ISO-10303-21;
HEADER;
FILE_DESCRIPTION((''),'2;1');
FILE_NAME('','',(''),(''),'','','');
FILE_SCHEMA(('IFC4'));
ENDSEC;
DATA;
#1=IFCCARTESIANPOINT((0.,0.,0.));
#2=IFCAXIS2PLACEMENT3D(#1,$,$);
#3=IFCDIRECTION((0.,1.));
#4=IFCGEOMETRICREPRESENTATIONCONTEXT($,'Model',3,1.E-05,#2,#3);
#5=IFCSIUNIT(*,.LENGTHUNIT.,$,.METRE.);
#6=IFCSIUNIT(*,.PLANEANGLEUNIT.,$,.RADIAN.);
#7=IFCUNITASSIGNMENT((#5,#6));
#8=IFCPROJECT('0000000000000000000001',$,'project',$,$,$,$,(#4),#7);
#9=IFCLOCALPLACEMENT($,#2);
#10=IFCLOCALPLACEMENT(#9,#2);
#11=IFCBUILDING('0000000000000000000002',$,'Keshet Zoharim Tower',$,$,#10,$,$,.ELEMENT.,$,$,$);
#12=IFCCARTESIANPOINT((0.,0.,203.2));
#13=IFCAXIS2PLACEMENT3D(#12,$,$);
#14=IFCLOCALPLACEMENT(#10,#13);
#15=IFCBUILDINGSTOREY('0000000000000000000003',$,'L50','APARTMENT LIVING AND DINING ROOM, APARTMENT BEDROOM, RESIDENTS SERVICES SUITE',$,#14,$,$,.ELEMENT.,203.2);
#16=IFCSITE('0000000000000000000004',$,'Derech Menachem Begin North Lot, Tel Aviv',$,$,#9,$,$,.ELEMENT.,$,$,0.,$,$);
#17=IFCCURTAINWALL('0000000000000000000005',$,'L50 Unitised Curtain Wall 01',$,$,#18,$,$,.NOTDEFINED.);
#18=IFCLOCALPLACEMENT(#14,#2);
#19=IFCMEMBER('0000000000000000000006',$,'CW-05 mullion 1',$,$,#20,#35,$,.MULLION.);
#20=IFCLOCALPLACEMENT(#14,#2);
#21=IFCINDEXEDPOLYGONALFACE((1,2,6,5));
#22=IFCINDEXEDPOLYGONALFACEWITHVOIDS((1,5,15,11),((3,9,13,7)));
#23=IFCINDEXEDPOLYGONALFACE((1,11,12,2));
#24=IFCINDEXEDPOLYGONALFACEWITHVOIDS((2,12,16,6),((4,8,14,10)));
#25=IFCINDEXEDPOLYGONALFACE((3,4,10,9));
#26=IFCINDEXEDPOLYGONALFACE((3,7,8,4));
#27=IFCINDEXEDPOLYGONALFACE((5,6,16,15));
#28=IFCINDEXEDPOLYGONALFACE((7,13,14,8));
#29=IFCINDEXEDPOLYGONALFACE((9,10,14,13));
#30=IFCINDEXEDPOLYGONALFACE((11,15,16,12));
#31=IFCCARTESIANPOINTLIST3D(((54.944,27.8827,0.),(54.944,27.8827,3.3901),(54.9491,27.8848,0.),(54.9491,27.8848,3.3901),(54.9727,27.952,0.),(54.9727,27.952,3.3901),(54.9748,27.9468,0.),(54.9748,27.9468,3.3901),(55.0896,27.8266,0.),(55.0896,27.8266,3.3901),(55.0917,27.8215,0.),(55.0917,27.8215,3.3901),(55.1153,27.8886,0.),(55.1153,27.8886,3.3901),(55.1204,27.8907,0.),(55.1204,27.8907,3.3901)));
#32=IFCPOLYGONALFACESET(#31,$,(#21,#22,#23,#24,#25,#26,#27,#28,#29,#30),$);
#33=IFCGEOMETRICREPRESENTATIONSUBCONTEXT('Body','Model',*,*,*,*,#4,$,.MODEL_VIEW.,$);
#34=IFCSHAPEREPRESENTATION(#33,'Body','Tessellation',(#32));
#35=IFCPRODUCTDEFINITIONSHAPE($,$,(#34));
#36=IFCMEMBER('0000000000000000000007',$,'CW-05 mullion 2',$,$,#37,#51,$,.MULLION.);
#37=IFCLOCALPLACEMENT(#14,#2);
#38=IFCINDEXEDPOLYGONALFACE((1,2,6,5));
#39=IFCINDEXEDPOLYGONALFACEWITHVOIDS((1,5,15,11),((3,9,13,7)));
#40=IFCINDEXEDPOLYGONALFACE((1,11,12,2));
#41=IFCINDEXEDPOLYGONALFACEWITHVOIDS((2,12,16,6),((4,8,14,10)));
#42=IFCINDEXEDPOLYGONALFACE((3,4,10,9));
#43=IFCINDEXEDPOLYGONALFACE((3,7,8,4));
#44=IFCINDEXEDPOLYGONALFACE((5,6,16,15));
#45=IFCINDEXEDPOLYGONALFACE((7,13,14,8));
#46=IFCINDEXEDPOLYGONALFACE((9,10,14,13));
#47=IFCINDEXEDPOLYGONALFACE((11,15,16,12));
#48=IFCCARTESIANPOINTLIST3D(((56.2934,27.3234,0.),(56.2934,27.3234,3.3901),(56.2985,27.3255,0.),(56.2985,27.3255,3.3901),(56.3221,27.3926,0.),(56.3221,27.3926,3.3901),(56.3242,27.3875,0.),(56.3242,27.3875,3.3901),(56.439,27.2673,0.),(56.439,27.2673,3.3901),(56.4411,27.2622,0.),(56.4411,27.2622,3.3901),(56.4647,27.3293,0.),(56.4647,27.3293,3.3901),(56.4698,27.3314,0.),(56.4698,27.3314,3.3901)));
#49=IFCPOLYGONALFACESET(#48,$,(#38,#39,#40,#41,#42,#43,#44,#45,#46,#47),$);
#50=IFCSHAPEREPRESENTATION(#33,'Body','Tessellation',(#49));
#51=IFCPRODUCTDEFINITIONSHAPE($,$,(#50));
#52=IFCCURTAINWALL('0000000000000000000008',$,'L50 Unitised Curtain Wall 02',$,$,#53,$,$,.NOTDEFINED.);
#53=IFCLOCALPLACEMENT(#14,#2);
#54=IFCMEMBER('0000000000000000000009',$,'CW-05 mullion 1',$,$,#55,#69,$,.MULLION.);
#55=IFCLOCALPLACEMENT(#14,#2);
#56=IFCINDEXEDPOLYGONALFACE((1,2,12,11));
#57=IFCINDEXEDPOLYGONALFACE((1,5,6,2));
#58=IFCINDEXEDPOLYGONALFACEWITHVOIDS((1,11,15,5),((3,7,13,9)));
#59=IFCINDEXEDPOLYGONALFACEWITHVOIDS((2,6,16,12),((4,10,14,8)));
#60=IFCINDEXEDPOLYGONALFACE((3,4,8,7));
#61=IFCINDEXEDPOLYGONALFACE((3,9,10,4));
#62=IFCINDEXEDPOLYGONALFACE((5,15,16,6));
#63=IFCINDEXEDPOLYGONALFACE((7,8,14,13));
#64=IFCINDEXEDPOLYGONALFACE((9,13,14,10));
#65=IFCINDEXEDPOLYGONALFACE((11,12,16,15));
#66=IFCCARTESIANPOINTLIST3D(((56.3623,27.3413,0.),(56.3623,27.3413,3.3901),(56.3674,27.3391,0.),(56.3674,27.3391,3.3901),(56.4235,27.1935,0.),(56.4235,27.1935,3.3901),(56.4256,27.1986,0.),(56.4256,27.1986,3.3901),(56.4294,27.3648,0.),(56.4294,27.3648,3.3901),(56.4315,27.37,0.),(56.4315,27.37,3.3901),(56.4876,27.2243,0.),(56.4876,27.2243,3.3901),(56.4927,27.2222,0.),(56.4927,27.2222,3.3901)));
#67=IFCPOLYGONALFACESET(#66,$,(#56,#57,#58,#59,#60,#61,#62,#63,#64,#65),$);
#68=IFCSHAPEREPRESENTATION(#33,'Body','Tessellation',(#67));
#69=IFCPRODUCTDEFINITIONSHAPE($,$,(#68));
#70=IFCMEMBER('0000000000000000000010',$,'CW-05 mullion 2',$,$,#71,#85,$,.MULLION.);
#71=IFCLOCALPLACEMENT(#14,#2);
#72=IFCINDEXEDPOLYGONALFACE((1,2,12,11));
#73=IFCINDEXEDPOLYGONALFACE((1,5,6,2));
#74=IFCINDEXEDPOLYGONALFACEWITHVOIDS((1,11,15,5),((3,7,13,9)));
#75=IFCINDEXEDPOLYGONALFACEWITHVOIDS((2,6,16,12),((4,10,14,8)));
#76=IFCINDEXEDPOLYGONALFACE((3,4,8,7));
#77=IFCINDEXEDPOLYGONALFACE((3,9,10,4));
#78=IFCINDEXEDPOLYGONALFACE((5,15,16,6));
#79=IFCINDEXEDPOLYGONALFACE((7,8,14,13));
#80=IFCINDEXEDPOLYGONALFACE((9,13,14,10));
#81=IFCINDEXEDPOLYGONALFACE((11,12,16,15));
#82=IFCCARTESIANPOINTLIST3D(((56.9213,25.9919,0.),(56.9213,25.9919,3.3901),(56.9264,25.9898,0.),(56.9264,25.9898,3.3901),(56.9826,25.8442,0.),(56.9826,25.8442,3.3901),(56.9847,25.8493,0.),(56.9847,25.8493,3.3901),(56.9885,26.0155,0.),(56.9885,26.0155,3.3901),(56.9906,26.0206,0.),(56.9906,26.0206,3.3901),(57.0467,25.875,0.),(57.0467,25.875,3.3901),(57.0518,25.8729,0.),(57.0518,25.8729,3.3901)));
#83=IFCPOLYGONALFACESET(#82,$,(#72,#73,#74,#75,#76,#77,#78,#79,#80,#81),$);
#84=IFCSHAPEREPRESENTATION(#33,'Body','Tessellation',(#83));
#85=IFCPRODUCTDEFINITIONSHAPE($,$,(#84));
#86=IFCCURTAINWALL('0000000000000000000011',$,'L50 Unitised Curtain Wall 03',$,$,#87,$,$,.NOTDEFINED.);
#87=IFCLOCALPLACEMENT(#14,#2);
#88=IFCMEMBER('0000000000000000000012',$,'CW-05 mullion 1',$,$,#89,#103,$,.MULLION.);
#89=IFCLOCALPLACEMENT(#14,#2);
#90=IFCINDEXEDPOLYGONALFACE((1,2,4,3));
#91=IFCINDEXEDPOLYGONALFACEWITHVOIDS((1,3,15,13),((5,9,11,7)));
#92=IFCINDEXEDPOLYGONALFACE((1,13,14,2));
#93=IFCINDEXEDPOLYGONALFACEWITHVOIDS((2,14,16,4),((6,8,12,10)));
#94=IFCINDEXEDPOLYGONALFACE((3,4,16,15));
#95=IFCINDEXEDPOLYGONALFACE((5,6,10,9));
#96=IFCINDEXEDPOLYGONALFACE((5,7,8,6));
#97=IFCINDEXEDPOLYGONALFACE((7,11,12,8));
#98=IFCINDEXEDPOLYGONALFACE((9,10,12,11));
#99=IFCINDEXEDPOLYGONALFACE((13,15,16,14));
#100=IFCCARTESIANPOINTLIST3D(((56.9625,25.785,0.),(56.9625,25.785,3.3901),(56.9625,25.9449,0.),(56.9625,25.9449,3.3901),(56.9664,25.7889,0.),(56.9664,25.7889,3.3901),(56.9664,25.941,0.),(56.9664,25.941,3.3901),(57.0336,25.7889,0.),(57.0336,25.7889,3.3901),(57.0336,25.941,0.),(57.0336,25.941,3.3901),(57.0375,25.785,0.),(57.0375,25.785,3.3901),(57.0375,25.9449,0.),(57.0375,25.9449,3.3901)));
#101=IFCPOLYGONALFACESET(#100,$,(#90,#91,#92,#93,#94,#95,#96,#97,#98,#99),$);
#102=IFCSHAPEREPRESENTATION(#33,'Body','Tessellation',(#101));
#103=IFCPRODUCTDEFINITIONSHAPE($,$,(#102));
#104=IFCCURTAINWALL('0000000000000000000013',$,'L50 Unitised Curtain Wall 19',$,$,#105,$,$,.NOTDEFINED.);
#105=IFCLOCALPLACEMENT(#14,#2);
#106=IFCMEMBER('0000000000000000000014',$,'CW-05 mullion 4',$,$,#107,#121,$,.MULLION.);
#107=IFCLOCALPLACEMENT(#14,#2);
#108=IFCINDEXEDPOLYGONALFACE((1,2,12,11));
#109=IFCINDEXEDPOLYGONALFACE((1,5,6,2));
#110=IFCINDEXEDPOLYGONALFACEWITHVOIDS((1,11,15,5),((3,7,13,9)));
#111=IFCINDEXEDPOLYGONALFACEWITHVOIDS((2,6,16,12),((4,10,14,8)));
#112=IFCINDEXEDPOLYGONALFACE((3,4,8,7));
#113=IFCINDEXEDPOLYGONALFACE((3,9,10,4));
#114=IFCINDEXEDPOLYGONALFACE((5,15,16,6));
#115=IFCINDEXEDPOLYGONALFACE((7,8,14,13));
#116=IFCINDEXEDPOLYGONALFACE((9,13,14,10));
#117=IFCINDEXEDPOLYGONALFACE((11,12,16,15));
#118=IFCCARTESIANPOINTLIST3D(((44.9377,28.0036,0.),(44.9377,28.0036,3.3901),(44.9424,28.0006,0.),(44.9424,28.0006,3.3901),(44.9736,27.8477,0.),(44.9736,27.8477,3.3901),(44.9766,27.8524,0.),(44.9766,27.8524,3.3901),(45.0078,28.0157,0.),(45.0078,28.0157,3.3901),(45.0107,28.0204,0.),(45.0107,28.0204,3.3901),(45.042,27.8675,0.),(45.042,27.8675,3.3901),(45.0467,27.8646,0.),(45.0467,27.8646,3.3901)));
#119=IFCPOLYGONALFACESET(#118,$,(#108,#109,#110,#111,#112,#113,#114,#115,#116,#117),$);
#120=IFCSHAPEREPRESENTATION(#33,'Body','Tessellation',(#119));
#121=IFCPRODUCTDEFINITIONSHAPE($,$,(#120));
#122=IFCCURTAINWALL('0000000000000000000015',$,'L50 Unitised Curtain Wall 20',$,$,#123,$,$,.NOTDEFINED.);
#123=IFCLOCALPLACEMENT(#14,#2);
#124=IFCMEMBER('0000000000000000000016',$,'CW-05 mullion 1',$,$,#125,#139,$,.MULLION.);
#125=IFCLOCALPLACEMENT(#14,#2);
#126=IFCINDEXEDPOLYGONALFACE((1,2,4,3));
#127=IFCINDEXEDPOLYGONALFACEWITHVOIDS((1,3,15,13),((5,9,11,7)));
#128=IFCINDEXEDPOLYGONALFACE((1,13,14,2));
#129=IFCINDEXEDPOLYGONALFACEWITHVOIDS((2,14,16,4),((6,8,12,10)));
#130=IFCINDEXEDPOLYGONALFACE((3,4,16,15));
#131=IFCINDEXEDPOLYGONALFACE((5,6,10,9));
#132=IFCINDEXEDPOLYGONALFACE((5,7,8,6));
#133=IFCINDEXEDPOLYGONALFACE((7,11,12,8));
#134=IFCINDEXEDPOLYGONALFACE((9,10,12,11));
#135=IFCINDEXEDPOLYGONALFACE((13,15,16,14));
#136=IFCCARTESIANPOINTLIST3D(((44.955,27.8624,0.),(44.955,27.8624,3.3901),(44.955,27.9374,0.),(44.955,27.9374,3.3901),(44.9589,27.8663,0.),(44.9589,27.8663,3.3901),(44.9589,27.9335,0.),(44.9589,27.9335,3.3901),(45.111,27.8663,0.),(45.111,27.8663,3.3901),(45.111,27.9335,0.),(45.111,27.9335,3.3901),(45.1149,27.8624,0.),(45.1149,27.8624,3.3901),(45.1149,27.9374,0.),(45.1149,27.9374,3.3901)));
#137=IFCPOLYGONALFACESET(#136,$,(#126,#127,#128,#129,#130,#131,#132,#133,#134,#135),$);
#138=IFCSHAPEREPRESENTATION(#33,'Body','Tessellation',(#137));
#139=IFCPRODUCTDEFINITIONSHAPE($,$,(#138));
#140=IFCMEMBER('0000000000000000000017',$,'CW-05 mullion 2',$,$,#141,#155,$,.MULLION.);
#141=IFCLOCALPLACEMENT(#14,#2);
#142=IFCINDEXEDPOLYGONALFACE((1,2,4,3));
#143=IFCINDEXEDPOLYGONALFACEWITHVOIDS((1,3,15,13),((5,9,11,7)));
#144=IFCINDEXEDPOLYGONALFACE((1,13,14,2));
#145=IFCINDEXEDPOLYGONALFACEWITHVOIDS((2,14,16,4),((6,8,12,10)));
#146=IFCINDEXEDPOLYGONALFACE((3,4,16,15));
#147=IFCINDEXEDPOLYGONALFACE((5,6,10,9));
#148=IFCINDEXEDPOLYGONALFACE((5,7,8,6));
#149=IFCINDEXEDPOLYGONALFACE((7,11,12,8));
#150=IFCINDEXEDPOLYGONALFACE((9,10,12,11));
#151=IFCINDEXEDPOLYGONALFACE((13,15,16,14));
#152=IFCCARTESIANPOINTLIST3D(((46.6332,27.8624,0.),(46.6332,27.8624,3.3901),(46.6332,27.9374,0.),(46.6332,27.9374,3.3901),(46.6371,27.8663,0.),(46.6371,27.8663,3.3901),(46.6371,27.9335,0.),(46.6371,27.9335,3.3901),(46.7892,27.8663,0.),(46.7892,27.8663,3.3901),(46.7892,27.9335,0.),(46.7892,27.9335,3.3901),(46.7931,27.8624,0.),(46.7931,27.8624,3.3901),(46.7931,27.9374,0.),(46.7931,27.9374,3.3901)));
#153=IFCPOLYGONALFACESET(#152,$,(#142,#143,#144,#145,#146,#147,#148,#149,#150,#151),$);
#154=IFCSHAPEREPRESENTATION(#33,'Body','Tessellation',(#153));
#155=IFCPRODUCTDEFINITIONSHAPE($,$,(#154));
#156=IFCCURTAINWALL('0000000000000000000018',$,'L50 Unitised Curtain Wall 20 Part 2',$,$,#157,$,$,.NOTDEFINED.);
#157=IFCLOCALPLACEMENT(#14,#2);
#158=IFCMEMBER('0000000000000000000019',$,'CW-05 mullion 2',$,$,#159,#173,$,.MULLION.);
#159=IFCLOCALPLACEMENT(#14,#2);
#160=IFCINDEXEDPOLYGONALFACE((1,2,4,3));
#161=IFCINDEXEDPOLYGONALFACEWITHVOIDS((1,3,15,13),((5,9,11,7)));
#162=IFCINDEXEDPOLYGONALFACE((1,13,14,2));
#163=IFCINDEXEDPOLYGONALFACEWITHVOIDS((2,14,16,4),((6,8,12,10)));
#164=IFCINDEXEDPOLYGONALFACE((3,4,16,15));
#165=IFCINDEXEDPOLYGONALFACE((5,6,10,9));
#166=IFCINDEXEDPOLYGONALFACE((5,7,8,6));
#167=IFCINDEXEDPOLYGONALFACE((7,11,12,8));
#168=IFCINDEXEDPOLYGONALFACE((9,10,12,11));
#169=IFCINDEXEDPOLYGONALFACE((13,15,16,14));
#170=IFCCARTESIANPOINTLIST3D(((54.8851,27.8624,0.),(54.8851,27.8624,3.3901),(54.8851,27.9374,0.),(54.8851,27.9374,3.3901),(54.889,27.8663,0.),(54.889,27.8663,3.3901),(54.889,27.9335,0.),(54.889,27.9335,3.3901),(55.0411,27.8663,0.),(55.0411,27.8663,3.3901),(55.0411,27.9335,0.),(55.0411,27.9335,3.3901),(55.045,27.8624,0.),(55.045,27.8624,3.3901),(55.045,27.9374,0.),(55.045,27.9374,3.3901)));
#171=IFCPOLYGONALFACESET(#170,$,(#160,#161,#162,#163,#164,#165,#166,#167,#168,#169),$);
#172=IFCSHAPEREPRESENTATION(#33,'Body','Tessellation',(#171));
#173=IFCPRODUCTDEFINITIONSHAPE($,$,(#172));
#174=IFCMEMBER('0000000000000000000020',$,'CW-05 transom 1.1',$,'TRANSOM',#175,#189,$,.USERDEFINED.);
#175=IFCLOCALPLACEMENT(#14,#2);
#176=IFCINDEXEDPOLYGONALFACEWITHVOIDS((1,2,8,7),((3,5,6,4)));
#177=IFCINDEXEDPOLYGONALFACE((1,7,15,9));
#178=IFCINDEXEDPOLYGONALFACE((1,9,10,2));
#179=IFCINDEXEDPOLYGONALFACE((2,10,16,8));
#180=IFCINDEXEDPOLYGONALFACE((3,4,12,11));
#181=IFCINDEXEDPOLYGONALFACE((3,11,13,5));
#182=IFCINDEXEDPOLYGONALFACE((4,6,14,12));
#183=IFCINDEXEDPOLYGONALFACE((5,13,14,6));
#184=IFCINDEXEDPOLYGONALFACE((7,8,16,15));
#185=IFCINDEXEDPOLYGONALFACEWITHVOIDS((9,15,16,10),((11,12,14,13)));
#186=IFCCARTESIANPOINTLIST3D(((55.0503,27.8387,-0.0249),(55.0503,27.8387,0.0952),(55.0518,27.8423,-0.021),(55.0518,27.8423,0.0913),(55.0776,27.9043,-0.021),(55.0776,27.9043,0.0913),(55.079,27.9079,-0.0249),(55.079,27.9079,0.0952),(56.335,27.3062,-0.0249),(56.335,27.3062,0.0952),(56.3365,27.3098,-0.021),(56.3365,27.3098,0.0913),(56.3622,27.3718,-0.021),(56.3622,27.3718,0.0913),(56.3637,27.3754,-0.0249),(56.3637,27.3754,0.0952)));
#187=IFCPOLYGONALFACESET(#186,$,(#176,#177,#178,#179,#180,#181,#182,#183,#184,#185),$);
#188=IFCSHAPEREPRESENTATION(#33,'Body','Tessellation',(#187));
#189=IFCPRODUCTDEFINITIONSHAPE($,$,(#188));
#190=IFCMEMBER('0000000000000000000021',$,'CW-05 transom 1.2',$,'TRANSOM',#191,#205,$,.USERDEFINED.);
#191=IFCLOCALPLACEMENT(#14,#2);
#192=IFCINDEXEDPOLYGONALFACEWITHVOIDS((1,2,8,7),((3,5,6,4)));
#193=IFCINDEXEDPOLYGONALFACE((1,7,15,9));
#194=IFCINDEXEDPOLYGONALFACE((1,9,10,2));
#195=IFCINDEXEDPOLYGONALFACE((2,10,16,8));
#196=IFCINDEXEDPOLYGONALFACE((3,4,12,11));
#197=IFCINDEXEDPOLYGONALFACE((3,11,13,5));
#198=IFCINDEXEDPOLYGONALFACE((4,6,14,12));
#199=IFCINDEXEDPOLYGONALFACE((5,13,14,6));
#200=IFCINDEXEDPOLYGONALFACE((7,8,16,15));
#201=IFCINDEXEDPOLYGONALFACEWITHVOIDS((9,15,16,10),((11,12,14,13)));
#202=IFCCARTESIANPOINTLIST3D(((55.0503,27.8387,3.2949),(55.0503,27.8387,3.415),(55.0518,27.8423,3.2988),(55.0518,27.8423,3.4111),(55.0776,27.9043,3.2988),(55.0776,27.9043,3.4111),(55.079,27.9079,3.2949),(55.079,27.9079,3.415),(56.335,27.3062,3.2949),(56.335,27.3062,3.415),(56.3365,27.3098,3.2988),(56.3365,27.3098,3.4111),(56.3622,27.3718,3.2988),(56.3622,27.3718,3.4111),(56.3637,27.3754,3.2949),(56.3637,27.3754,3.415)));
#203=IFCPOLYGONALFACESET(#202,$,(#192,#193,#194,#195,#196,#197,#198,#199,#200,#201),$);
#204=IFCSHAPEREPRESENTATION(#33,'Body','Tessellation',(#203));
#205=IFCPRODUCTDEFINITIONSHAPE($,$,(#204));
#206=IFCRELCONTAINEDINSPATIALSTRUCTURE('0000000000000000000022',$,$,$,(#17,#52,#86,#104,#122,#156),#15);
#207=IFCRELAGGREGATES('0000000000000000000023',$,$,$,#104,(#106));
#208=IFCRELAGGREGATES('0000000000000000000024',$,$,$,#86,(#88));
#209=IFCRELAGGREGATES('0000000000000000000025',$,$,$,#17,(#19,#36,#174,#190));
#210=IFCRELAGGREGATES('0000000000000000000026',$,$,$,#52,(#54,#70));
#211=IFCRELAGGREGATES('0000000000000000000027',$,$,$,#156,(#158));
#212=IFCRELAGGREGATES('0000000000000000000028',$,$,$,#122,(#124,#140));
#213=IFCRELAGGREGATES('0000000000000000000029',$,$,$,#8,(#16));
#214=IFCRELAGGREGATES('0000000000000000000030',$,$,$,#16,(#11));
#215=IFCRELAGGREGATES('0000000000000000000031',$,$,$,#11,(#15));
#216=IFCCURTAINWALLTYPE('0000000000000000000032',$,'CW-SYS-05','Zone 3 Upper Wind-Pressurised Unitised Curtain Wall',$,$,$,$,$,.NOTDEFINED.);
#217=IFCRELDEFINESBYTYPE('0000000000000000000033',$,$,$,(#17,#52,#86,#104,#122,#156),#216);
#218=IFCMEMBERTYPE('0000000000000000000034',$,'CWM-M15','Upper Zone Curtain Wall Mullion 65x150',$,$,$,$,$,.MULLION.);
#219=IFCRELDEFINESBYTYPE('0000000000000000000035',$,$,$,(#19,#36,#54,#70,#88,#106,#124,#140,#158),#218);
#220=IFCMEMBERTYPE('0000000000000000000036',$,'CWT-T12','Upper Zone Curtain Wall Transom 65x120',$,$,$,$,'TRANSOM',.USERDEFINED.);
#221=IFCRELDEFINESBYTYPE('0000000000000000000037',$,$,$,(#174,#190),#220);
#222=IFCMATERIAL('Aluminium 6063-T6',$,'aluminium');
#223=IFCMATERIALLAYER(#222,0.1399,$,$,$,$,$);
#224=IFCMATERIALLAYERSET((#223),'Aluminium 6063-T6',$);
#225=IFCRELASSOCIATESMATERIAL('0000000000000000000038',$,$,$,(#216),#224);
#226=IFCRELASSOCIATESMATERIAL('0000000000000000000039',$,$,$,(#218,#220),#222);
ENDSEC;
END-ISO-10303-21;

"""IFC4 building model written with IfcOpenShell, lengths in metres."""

from ifc_helpers import new_model, si_unit, direction, frame, origin, origin_2d, place, context, subcontext, project, spatial, hollow_rectangle, extrude, material, layer, layer_set, material_profile, profile_set, type_object, element, aggregate, save


model = new_model("IFC4")

# Units and contexts
model_context = context("Model", 3, precision=1e-05, world=origin(), true_north=direction((0.0, 1.0)))
body_context = subcontext(model_context, "Body", "Model", "MODEL_VIEW")
ifc_project = project(units=[si_unit("LENGTHUNIT", "METRE"), si_unit("PLANEANGLEUNIT", "RADIAN")], contexts=[model_context])

# Site, building, storey
site_placement = place(None, origin())
site = spatial("IfcSite", under=ifc_project, at=site_placement, Name="Derech Menachem Begin North Lot, Tel Aviv", CompositionType="ELEMENT", RefElevation=0.0)
building_placement = place(site_placement, origin())
building = spatial("IfcBuilding", under=site, at=building_placement, Name="Keshet Zoharim Tower", CompositionType="ELEMENT")
storey_placement = place(building_placement, frame((0.0, 0.0, 203.2)))
storey = spatial("IfcBuildingStorey", under=building, at=storey_placement, Name="L50", Description="APARTMENT LIVING AND DINING ROOM, APARTMENT BEDROOM, RESIDENTS SERVICES SUITE", CompositionType="ELEMENT", Elevation=203.2)

# Curtain walls, members
ifc_material_1 = material(Name="Aluminium 6063-T6", Category="aluminium")
ifc_layer_1 = layer(ifc_material_1, 0.1399)
ifc_layer_set_1 = layer_set([ifc_layer_1], Name="Aluminium 6063-T6")
curtain_wall_type = type_object("IfcCurtainWallType", Name="CW-SYS-05", Description="Zone 3 Upper Wind-Pressurised Unitised Curtain Wall", PredefinedType="NOTDEFINED", material=ifc_layer_set_1)
curtain_wall_1_placement = place(storey_placement, origin())
curtain_wall_1 = element("IfcCurtainWall", 1, at=curtain_wall_1_placement, inside=storey, type_object=curtain_wall_type, Name="L50 Unitised Curtain Wall 01", PredefinedType="NOTDEFINED")
ifc_material_profile_1 = material_profile(ifc_material_1, hollow_rectangle(XDim=0.075, YDim=0.1599, WallThickness=0.0039, at=origin_2d()), Name="MUL-75x160")
ifc_profile_set_1 = profile_set([ifc_material_profile_1], Name="Aluminium 6063-T6")
member_type_1 = type_object("IfcMemberType", Name="CWM-M15", Description="Upper Zone Curtain Wall Mullion 65x150", PredefinedType="MULLION", material=ifc_profile_set_1)
member_1_placement = place(storey_placement, frame((55.0322, 27.8867, 0.0), z_axis=(0.0, 0.0, 1.0), x_axis=(0.382852, 0.92381, 0.0)))
member_1 = element("IfcMember", 2, at=member_1_placement, type_object=member_type_1, Name="CW-05 mullion 1", PredefinedType="MULLION", context=body_context, shape_type="SweptSolid", body=[
    extrude(hollow_rectangle(XDim=0.075, YDim=0.1599, WallThickness=0.0039, at=origin_2d()), origin(), (0.0, 0.0, 1.0), 3.3901),
])
member_2_placement = place(storey_placement, frame((56.3816, 27.3274, 0.0), z_axis=(0.0, 0.0, 1.0), x_axis=(0.382852, 0.92381, 0.0)))
member_2 = element("IfcMember", 3, at=member_2_placement, type_object=member_type_1, Name="CW-05 mullion 2", PredefinedType="MULLION", context=body_context, shape_type="SweptSolid", body=[
    extrude(hollow_rectangle(XDim=0.075, YDim=0.1599, WallThickness=0.0039, at=origin_2d()), origin(), (0.0, 0.0, 1.0), 3.3901),
])
curtain_wall_2_placement = place(storey_placement, origin())
curtain_wall_2 = element("IfcCurtainWall", 4, at=curtain_wall_2_placement, inside=storey, type_object=curtain_wall_type, Name="L50 Unitised Curtain Wall 02", PredefinedType="NOTDEFINED")
member_3_placement = place(storey_placement, frame((56.4275, 27.2817, 0.0), z_axis=(0.0, 0.0, 1.0), x_axis=(0.92381, 0.382852, 0.0)))
member_3 = element("IfcMember", 5, at=member_3_placement, type_object=member_type_1, Name="CW-05 mullion 1", PredefinedType="MULLION", context=body_context, shape_type="SweptSolid", body=[
    extrude(hollow_rectangle(XDim=0.075, YDim=0.1599, WallThickness=0.0039, at=origin_2d()), origin(), (0.0, 0.0, 1.0), 3.3901),
])
member_4_placement = place(storey_placement, frame((56.9866, 25.9324, 0.0), z_axis=(0.0, 0.0, 1.0), x_axis=(0.92381, 0.382852, 0.0)))
member_4 = element("IfcMember", 6, at=member_4_placement, type_object=member_type_1, Name="CW-05 mullion 2", PredefinedType="MULLION", context=body_context, shape_type="SweptSolid", body=[
    extrude(hollow_rectangle(XDim=0.075, YDim=0.1599, WallThickness=0.0039, at=origin_2d()), origin(), (0.0, 0.0, 1.0), 3.3901),
])

# Curtain walls, members
curtain_wall_3_placement = place(storey_placement, origin())
curtain_wall_3 = element("IfcCurtainWall", 7, at=curtain_wall_3_placement, inside=storey, type_object=curtain_wall_type, Name="L50 Unitised Curtain Wall 03", PredefinedType="NOTDEFINED")
member_5_placement = place(storey_placement, frame((57.0, 25.865, 0.0), z_axis=(0.0, 0.0, 1.0), x_axis=(1.0, 0.0, 0.0)))
member_5 = element("IfcMember", 8, at=member_5_placement, type_object=member_type_1, Name="CW-05 mullion 1", PredefinedType="MULLION", context=body_context, shape_type="SweptSolid", body=[
    extrude(hollow_rectangle(XDim=0.075, YDim=0.1599, WallThickness=0.0039, at=origin_2d()), origin(), (0.0, 0.0, 1.0), 3.3901),
])
curtain_wall_4_placement = place(storey_placement, origin())
curtain_wall_4 = element("IfcCurtainWall", 9, at=curtain_wall_4_placement, inside=storey, type_object=curtain_wall_type, Name="L50 Unitised Curtain Wall 19", PredefinedType="NOTDEFINED")
member_6_placement = place(storey_placement, frame((44.9922, 27.9341, 0.0), z_axis=(0.0, 0.0, 1.0), x_axis=(0.974394, 0.224848, 0.0)))
member_6 = element("IfcMember", 10, at=member_6_placement, type_object=member_type_1, Name="CW-05 mullion 4", PredefinedType="MULLION", context=body_context, shape_type="SweptSolid", body=[
    extrude(hollow_rectangle(XDim=0.075, YDim=0.1599, WallThickness=0.0039, at=origin_2d()), origin(), (0.0, 0.0, 1.0), 3.3901),
])
aggregate(curtain_wall_4, [member_6])

# Curtain wall, members
curtain_wall_5_placement = place(storey_placement, origin())
curtain_wall_5 = element("IfcCurtainWall", 11, at=curtain_wall_5_placement, inside=storey, type_object=curtain_wall_type, Name="L50 Unitised Curtain Wall 20", PredefinedType="NOTDEFINED")
member_7_placement = place(storey_placement, frame((45.0349, 27.8999, 0.0), z_axis=(0.0, 0.0, 1.0), x_axis=(0.0, 1.0, 0.0)))
member_7 = element("IfcMember", 12, at=member_7_placement, type_object=member_type_1, Name="CW-05 mullion 1", PredefinedType="MULLION", context=body_context, shape_type="SweptSolid", body=[
    extrude(hollow_rectangle(XDim=0.075, YDim=0.1599, WallThickness=0.0039, at=origin_2d()), origin(), (0.0, 0.0, 1.0), 3.3901),
])
member_8_placement = place(storey_placement, frame((46.7131, 27.8999, 0.0), z_axis=(0.0, 0.0, 1.0), x_axis=(0.0, 1.0, 0.0)))
member_8 = element("IfcMember", 13, at=member_8_placement, type_object=member_type_1, Name="CW-05 mullion 2", PredefinedType="MULLION", context=body_context, shape_type="SweptSolid", body=[
    extrude(hollow_rectangle(XDim=0.075, YDim=0.1599, WallThickness=0.0039, at=origin_2d()), origin(), (0.0, 0.0, 1.0), 3.3901),
])

# Curtain wall, member
curtain_wall_6_placement = place(storey_placement, origin())
curtain_wall_6 = element("IfcCurtainWall", 14, at=curtain_wall_6_placement, inside=storey, type_object=curtain_wall_type, Name="L50 Unitised Curtain Wall 20 Part 2", PredefinedType="NOTDEFINED")
member_9_placement = place(storey_placement, frame((54.9651, 27.8999, 0.0), z_axis=(0.0, 0.0, 1.0), x_axis=(0.0, 1.0, 0.0)))
member_9 = element("IfcMember", 15, at=member_9_placement, type_object=member_type_1, Name="CW-05 mullion 2", PredefinedType="MULLION", context=body_context, shape_type="SweptSolid", body=[
    extrude(hollow_rectangle(XDim=0.075, YDim=0.1599, WallThickness=0.0039, at=origin_2d()), origin(), (0.0, 0.0, 1.0), 3.3901),
])

# Members
ifc_material_profile_2 = material_profile(ifc_material_1, hollow_rectangle(XDim=0.075, YDim=0.1201, WallThickness=0.0039, at=origin_2d()), Name="TRN-75x120")
ifc_profile_set_2 = profile_set([ifc_material_profile_2], Name="Aluminium 6063-T6")
member_type_2 = type_object("IfcMemberType", Name="CWT-T12", Description="Upper Zone Curtain Wall Transom 65x120", ElementType="TRANSOM", PredefinedType="USERDEFINED", material=ifc_profile_set_2)
member_10_placement = place(storey_placement, frame((55.0647, 27.8733, 0.0352), z_axis=(0.923792, -0.382894, 0.0), x_axis=(0.382894, 0.923792, 0.0)))
member_10 = element("IfcMember", 16, at=member_10_placement, type_object=member_type_2, Name="CW-05 transom 1.1", ObjectType="TRANSOM", PredefinedType="USERDEFINED", context=body_context, shape_type="SweptSolid", body=[
    extrude(hollow_rectangle(XDim=0.075, YDim=0.1201, WallThickness=0.0039, at=origin_2d()), origin(), (0.0, 0.0, 1.0), 1.3906),
])
member_11_placement = place(storey_placement, frame((55.0647, 27.8733, 3.355), z_axis=(0.923792, -0.382894, 0.0), x_axis=(0.382894, 0.923792, 0.0)))
member_11 = element("IfcMember", 17, at=member_11_placement, type_object=member_type_2, Name="CW-05 transom 1.2", ObjectType="TRANSOM", PredefinedType="USERDEFINED", context=body_context, shape_type="SweptSolid", body=[
    extrude(hollow_rectangle(XDim=0.075, YDim=0.1201, WallThickness=0.0039, at=origin_2d()), origin(), (0.0, 0.0, 1.0), 1.3906),
])
aggregate(curtain_wall_3, [member_5])

aggregate(curtain_wall_1, [member_1, member_2, member_10, member_11])
aggregate(curtain_wall_2, [member_3, member_4])
aggregate(curtain_wall_6, [member_9])
aggregate(curtain_wall_5, [member_7, member_8])

save(model, "model.ifc")
